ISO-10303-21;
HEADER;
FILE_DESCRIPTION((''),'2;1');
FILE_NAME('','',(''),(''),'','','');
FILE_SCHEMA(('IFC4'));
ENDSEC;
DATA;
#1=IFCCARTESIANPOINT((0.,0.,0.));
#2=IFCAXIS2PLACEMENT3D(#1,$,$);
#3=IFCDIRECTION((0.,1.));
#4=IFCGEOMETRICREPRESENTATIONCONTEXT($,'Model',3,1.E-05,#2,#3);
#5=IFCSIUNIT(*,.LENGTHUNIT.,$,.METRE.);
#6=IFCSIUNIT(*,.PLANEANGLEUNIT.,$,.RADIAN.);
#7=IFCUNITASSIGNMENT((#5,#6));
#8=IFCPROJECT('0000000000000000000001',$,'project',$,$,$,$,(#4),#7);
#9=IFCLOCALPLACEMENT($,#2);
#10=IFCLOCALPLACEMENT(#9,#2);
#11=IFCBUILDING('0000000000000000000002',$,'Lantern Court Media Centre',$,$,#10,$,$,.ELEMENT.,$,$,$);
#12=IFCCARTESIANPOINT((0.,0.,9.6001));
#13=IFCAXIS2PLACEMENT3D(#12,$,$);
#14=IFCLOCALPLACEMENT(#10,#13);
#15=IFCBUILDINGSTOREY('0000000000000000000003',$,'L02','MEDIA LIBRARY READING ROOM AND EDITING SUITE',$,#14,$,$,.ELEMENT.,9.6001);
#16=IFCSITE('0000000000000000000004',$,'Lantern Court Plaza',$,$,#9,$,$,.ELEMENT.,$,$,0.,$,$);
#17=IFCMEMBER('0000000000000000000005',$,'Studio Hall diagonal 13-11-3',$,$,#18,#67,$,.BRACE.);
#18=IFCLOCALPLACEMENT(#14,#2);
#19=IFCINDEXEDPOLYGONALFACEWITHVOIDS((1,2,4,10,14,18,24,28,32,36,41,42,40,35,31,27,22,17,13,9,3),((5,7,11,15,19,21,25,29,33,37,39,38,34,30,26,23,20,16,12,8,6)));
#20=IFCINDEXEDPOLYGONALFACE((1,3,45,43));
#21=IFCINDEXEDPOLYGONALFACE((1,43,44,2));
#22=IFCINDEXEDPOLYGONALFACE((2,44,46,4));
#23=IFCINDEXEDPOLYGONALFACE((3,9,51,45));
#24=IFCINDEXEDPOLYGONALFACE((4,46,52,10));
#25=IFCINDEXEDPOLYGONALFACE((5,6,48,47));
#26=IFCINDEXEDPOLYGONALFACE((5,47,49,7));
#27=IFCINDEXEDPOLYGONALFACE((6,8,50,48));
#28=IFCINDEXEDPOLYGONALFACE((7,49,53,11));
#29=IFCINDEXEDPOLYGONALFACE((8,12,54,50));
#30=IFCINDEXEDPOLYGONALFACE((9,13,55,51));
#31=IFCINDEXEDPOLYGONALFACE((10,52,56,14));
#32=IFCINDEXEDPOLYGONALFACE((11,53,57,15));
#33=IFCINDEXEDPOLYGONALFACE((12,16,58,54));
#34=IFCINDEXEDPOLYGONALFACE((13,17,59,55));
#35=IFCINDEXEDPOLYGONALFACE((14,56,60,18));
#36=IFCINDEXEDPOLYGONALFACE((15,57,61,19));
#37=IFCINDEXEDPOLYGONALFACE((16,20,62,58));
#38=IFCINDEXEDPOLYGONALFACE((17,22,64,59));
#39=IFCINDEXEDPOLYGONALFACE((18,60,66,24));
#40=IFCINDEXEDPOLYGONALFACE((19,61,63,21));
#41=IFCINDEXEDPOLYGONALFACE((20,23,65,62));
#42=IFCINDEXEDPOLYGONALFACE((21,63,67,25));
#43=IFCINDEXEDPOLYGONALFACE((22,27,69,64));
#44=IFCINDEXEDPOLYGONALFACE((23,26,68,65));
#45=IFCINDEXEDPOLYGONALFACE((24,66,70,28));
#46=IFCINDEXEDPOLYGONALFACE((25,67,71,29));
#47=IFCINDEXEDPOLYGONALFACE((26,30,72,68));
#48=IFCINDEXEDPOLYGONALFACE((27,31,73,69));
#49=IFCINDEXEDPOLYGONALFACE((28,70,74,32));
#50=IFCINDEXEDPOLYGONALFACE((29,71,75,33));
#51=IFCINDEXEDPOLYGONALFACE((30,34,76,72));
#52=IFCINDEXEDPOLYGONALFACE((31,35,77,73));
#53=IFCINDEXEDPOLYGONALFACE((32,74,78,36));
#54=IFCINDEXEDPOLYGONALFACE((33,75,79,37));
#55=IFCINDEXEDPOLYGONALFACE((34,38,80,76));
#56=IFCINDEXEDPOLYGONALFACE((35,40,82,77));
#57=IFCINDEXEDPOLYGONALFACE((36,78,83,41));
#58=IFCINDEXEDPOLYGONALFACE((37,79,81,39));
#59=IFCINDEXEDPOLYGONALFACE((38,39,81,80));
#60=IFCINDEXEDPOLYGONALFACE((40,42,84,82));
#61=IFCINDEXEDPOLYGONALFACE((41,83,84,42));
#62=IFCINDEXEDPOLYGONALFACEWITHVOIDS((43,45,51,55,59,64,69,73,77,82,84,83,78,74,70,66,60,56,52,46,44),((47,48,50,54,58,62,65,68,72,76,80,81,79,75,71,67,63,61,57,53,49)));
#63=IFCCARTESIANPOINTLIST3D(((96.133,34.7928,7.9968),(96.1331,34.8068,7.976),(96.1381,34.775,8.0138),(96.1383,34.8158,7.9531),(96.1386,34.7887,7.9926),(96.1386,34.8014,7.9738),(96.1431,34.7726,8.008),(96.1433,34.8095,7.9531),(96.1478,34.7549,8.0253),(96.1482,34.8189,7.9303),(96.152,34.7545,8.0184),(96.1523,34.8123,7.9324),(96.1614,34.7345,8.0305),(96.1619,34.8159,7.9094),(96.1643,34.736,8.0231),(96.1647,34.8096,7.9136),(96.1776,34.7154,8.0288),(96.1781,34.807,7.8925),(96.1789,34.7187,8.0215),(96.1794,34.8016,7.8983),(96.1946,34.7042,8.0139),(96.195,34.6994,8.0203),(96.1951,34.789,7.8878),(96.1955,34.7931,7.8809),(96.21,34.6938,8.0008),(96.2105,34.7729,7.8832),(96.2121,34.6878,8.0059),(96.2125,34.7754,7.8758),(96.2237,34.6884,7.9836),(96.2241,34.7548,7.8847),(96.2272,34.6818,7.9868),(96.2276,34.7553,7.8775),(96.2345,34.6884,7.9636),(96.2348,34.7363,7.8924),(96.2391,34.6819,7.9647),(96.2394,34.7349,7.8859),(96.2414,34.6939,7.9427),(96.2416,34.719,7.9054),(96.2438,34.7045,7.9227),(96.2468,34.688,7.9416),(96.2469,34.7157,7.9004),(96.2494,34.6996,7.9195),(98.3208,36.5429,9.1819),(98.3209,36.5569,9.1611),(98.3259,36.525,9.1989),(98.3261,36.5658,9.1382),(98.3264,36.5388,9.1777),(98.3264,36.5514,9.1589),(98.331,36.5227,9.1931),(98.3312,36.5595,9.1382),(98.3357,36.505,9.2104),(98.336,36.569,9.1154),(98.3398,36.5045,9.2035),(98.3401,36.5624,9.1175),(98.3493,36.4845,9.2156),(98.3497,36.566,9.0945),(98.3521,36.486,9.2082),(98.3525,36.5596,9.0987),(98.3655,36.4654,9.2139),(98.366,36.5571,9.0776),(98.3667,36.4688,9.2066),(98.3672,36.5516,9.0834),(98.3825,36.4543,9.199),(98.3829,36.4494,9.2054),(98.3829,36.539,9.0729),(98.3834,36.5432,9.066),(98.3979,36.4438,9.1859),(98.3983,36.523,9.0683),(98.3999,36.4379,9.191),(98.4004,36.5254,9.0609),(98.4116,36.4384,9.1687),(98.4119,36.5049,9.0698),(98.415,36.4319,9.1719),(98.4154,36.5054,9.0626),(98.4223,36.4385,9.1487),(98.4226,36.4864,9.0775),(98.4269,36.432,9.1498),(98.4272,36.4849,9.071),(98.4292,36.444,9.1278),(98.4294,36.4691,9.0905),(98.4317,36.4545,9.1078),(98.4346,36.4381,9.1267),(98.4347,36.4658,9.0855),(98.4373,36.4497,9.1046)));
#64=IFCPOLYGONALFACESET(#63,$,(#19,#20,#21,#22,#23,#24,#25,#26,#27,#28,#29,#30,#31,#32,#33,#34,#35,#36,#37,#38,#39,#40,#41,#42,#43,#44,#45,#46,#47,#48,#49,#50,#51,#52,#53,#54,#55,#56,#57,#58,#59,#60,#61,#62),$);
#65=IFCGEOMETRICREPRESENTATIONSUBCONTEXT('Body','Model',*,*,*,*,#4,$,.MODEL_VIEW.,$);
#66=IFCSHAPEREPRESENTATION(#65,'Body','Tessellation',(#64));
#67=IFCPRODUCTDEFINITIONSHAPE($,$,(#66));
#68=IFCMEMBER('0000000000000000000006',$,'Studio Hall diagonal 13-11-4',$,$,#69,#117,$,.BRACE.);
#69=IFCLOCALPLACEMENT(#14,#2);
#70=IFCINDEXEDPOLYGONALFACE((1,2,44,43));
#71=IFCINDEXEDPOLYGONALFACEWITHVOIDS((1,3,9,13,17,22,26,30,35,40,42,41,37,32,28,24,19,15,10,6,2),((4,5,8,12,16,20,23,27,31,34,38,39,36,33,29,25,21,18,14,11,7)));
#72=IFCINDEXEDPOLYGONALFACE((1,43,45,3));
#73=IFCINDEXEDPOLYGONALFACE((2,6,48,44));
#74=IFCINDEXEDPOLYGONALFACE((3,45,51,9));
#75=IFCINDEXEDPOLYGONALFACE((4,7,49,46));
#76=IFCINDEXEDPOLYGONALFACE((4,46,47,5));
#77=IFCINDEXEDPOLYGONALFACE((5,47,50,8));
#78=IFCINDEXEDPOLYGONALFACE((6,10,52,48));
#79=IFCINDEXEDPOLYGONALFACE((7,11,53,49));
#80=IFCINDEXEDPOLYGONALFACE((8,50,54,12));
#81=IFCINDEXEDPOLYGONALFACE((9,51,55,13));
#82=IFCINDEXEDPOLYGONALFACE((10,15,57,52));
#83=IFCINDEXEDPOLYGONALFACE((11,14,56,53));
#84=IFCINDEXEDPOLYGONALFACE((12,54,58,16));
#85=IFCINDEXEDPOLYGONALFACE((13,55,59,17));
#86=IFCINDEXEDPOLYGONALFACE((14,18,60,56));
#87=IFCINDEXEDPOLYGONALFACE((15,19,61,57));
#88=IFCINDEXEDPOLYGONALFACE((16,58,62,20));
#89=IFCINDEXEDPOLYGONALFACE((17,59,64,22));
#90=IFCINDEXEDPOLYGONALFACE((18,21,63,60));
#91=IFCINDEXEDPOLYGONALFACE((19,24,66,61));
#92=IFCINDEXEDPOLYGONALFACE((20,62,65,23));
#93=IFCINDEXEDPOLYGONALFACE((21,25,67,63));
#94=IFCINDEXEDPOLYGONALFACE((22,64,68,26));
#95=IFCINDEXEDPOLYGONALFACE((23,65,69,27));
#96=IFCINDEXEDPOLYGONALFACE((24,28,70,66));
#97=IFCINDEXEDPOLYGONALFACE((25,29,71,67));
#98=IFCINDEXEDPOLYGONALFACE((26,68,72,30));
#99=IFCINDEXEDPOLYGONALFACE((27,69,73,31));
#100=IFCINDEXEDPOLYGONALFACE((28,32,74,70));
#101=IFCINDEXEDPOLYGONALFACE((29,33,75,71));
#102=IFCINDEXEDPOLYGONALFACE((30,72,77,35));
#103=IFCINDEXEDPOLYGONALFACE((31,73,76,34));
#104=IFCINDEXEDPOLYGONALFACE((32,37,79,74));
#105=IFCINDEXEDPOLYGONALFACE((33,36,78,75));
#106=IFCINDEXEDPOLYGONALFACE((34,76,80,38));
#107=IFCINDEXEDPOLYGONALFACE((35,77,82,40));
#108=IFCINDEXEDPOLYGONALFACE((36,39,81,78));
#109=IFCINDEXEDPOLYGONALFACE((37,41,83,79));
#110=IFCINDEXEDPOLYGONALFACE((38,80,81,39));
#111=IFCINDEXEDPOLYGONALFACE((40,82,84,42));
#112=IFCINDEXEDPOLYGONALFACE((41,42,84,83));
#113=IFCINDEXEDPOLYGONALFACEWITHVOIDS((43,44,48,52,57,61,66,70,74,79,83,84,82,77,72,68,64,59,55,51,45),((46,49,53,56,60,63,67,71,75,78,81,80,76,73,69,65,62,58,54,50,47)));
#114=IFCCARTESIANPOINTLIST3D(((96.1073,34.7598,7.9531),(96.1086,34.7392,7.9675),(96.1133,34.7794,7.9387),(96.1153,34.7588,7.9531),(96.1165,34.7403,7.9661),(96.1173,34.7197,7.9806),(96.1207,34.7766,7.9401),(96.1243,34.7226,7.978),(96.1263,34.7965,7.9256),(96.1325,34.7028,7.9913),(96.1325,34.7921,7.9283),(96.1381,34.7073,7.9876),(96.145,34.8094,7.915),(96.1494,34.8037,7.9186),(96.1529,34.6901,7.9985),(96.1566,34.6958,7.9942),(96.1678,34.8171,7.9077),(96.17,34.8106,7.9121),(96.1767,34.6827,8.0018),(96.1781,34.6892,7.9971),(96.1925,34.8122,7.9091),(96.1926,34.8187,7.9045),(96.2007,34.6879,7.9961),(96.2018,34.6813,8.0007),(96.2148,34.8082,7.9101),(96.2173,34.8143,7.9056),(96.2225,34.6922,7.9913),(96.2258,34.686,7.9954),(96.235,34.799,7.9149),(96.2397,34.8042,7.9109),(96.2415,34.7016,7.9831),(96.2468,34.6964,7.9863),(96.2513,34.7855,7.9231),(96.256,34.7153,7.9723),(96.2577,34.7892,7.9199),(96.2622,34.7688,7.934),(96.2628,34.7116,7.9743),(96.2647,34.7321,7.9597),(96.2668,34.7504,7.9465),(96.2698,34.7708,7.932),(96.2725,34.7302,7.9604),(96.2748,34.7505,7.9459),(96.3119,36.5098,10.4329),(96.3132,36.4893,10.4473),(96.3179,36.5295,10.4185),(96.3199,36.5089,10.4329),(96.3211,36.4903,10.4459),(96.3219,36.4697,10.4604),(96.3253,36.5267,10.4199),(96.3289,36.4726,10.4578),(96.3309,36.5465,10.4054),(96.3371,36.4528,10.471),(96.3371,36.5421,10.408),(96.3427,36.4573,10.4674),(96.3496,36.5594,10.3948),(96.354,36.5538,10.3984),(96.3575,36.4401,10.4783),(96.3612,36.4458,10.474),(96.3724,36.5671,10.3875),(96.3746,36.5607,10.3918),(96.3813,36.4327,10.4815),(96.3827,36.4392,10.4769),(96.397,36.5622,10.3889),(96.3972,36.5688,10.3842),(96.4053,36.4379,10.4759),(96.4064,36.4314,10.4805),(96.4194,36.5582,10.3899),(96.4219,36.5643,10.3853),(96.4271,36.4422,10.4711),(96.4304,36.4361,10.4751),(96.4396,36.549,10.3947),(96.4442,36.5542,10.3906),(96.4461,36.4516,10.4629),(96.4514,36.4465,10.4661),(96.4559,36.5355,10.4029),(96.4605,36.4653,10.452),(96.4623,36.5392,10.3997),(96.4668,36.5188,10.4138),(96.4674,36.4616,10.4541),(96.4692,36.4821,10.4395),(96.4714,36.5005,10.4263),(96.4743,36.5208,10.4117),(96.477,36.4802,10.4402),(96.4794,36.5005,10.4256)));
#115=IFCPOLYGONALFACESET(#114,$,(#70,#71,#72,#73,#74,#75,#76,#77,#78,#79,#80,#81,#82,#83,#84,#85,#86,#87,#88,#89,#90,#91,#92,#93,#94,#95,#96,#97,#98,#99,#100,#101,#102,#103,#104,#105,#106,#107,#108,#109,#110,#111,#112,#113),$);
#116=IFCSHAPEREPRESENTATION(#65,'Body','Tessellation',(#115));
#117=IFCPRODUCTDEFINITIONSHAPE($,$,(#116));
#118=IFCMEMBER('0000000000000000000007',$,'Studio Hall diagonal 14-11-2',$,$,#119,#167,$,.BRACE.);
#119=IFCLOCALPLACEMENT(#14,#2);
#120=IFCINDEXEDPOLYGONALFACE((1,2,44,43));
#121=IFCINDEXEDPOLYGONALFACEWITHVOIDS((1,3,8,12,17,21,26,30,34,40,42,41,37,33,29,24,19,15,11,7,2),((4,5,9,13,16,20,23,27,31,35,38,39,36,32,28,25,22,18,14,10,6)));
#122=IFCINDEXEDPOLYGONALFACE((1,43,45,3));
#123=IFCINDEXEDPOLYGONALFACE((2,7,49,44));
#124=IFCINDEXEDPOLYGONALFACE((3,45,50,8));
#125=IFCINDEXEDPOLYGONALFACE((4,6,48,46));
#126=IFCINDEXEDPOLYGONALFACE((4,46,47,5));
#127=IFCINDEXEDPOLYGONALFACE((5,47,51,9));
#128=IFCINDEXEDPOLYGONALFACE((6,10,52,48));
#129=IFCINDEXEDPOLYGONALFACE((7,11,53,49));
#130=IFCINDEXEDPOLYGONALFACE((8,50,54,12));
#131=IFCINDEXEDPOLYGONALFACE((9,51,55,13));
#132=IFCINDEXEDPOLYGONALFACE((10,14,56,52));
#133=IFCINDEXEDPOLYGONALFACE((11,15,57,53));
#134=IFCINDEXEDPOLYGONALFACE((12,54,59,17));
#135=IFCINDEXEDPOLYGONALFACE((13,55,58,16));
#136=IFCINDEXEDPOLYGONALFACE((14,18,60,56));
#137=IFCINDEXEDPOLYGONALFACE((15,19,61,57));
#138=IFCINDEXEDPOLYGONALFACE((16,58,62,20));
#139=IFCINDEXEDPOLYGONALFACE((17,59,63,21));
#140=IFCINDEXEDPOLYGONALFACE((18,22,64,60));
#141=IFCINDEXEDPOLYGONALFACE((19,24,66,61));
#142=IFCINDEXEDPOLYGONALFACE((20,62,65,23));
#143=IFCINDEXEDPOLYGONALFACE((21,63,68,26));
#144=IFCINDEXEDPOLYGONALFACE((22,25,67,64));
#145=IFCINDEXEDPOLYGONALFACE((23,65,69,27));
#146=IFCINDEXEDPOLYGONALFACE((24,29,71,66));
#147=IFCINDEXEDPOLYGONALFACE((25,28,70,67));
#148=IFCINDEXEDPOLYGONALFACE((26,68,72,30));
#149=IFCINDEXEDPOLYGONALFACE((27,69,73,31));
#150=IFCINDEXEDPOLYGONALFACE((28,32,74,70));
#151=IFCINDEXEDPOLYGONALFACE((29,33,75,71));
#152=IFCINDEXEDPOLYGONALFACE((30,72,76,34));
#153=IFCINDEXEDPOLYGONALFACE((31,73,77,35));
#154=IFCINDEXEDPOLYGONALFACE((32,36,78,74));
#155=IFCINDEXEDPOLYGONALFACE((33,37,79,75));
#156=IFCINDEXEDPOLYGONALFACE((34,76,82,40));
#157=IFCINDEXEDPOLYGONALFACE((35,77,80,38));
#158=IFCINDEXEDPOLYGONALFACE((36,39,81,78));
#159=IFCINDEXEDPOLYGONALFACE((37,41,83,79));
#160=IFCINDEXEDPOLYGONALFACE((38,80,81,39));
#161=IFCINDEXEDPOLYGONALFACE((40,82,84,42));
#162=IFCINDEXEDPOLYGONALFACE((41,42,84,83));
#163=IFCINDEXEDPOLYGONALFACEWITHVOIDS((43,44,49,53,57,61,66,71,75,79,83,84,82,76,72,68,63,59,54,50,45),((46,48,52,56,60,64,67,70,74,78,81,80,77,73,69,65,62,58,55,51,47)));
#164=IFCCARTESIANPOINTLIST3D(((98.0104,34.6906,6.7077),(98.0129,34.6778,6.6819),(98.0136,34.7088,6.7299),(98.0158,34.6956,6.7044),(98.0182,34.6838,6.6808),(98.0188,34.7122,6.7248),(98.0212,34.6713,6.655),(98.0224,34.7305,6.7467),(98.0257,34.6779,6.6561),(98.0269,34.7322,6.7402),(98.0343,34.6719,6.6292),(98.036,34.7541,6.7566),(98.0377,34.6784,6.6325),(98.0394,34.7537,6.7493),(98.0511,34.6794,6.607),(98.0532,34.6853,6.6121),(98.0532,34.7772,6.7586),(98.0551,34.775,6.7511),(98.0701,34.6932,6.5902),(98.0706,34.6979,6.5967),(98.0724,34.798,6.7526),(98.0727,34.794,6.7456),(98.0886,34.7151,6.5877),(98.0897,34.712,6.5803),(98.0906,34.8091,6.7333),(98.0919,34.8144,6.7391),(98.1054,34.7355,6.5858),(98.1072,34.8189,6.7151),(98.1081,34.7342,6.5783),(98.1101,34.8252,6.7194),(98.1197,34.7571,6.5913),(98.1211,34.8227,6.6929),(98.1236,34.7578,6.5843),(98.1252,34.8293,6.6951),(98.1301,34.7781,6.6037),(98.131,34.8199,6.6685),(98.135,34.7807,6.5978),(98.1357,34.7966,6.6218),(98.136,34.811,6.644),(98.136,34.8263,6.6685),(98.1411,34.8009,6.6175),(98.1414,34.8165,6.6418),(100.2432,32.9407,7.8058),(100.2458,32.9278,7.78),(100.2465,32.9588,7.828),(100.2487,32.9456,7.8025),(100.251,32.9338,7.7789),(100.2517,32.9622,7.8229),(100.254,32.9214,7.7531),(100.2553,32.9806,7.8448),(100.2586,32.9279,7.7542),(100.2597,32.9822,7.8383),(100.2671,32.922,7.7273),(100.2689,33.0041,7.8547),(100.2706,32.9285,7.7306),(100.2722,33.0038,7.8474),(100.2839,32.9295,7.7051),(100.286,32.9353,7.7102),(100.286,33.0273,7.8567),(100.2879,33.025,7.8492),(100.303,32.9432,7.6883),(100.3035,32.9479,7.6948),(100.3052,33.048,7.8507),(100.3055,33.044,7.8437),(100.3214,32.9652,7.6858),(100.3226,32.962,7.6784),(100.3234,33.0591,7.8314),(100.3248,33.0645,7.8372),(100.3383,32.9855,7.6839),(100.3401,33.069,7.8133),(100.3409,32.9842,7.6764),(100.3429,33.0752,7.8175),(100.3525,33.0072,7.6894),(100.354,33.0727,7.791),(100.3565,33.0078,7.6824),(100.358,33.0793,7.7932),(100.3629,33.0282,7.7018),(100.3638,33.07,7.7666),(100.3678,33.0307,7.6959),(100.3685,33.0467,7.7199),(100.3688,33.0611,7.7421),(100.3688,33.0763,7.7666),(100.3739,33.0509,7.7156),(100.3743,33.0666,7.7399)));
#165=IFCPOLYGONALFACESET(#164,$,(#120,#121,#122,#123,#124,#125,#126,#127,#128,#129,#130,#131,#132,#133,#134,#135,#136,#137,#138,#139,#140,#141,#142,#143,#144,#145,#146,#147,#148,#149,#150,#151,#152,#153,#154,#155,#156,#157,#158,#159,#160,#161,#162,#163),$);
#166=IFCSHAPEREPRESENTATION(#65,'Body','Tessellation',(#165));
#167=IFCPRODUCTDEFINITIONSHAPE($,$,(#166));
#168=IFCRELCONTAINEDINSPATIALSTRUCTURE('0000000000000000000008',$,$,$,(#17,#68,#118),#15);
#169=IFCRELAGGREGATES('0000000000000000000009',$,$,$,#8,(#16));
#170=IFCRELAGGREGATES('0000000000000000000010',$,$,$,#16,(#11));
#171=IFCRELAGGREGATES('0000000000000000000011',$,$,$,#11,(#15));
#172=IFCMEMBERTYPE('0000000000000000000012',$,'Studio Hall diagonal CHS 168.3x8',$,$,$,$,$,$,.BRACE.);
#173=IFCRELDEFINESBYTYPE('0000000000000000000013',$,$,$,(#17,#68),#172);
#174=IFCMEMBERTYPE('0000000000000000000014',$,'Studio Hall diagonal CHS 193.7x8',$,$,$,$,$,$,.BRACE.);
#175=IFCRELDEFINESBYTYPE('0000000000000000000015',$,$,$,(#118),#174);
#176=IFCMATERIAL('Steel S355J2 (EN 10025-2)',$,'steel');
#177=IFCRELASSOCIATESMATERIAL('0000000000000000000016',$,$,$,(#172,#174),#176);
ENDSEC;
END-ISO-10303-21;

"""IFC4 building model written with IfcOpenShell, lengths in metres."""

from ifc_helpers import new_model, si_unit, direction, frame, origin, origin_2d, place, context, subcontext, project, spatial, hollow_circle, extrude, material, material_profile, profile_set, type_object, element, save


model = new_model("IFC4")

# Units and contexts
model_context = context("Model", 3, precision=1e-05, world=origin(), true_north=direction((0.0, 1.0)))
body_context = subcontext(model_context, "Body", "Model", "MODEL_VIEW")
ifc_project = project(units=[si_unit("LENGTHUNIT", "METRE"), si_unit("PLANEANGLEUNIT", "RADIAN")], contexts=[model_context])

# Site, building, storey
site_placement = place(None, origin())
site = spatial("IfcSite", under=ifc_project, at=site_placement, Name="Lantern Court Plaza", CompositionType="ELEMENT", RefElevation=0.0)
building_placement = place(site_placement, origin())
building = spatial("IfcBuilding", under=site, at=building_placement, Name="Lantern Court Media Centre", CompositionType="ELEMENT")
storey_placement = place(building_placement, frame((0.0, 0.0, 9.6001)))
storey = spatial("IfcBuildingStorey", under=building, at=storey_placement, Name="L02", Description="MEDIA LIBRARY READING ROOM AND EDITING SUITE", CompositionType="ELEMENT", Elevation=9.6001)

# Members
ifc_material = material(Name="Steel S355J2 (EN 10025-2)", Category="steel")
ifc_material_profile_1 = material_profile(ifc_material, hollow_circle(Radius=0.0842, WallThickness=0.0081, at=origin_2d()), Name="Studio Hall diagonal CHS 168.3x8")
ifc_profile_set_1 = profile_set([ifc_material_profile_1], Name="Steel S355J2 (EN 10025-2)")
member_type_1 = type_object("IfcMemberType", Name="Studio Hall diagonal CHS 168.3x8", PredefinedType="BRACE", material=ifc_profile_set_1)
for number, where, z_axis, x_axis, name in (
    (1, (96.1909, 34.75, 7.9531), (0.719206, 0.5753, 0.38958), (-0.624653, 0.780903, 0.0), "Studio Hall diagonal 13-11-3"),
    (2, (96.1909, 34.75, 7.9531), (0.067256, 0.575289, 0.81518), (-0.993235, 0.116118, 0.0), "Studio Hall diagonal 13-11-4"),
):
    element("IfcMember", number, at=place(storey_placement, frame(where, z_axis=z_axis, x_axis=x_axis)), inside=storey, type_object=member_type_1, Name=name, PredefinedType="BRACE", context=body_context, shape_type="SweptSolid", body=[
        extrude(hollow_circle(Radius=0.0842, WallThickness=0.0081, at=origin_2d()), origin(), (0.0, 0.0, 1.0), 3.042),
    ])
ifc_material_profile_2 = material_profile(ifc_material, hollow_circle(Radius=0.0969, WallThickness=0.0081, at=origin_2d()), Name="Studio Hall diagonal CHS 193.7x8")
ifc_profile_set_2 = profile_set([ifc_material_profile_2], Name="Steel S355J2 (EN 10025-2)")
member_type_2 = type_object("IfcMemberType", Name="Studio Hall diagonal CHS 193.7x8", PredefinedType="BRACE", material=ifc_profile_set_2)
for number, where, z_axis, x_axis, name in (
    (3, (98.0762, 34.75, 6.6685), (0.734005, -0.575262, 0.360984), (0.616856, 0.787076, 0.0), "Studio Hall diagonal 14-11-2"),
):
    element("IfcMember", number, at=place(storey_placement, frame(where, z_axis=z_axis, x_axis=x_axis)), inside=storey, type_object=member_type_2, Name=name, PredefinedType="BRACE", context=body_context, shape_type="SweptSolid", body=[
        extrude(hollow_circle(Radius=0.0969, WallThickness=0.0081, at=origin_2d()), origin(), (0.0, 0.0, 1.0), 3.042),
    ])

save(model, "model.ifc")
